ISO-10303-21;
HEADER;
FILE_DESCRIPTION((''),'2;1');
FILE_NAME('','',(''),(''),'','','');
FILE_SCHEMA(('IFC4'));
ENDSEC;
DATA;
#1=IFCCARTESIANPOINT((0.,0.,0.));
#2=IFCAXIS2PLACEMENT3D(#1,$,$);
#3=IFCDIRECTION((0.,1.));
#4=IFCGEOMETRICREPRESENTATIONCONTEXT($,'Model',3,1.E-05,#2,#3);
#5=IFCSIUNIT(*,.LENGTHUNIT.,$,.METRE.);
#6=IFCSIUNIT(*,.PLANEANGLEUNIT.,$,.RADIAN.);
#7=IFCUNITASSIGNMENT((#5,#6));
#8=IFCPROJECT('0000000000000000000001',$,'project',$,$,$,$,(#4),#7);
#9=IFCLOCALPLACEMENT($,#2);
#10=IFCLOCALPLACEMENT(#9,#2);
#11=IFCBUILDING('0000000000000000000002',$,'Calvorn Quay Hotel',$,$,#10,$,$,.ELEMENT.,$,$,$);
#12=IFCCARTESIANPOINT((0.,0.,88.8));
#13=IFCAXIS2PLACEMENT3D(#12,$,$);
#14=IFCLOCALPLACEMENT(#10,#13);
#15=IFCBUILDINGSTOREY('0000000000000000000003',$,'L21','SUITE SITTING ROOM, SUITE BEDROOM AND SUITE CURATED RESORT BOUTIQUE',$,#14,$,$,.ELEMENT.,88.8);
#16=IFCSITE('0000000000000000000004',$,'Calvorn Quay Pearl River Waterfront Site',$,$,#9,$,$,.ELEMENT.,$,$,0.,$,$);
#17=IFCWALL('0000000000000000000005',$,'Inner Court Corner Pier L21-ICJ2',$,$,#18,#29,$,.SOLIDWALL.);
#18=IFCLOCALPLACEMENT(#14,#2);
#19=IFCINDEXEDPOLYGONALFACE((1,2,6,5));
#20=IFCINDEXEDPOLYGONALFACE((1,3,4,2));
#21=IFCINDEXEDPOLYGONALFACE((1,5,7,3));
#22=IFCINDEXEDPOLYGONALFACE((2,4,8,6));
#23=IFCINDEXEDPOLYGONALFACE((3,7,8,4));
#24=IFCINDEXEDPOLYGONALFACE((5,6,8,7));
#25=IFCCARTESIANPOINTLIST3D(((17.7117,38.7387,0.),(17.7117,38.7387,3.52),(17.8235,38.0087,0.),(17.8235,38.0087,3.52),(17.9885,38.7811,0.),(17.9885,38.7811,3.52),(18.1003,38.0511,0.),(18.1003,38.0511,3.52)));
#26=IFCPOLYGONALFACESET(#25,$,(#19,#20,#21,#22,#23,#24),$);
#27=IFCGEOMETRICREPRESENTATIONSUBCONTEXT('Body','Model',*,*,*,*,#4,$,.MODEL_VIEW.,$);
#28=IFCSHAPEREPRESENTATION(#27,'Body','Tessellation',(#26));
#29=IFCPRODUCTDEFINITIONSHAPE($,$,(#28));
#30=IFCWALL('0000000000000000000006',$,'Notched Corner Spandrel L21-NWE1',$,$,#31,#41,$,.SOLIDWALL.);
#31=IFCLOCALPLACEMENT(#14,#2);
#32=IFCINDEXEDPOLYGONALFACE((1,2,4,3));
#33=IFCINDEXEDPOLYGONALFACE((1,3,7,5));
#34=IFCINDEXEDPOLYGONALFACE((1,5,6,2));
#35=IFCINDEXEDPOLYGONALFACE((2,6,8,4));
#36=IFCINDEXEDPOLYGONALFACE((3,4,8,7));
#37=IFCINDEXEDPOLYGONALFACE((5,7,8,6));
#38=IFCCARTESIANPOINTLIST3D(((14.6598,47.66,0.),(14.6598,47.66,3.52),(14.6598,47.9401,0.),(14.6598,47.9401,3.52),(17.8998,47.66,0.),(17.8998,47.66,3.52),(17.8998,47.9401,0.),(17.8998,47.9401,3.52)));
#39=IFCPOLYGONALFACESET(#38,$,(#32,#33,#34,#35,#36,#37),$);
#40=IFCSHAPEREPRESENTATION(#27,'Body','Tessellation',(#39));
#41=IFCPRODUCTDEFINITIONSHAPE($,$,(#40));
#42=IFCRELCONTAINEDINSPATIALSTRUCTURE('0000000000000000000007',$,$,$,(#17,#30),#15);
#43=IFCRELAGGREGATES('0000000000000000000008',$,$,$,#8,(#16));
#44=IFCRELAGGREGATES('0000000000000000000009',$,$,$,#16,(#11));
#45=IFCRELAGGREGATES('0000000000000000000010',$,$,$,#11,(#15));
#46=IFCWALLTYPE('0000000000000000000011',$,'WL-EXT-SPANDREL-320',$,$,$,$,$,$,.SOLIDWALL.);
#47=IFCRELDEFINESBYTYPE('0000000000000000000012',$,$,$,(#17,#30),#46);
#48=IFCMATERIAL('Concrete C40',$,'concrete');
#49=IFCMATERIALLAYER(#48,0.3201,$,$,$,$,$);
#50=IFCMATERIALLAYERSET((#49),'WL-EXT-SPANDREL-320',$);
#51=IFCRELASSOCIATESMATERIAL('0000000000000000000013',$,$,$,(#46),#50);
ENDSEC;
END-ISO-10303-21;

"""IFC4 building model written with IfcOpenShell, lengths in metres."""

from ifc_helpers import new_model, si_unit, direction, frame, frame_2d, origin, place, context, subcontext, project, spatial, rectangle, extrude, material, layer, layer_set, type_object, element, save


model = new_model("IFC4")

# Units and contexts
model_context = context("Model", 3, precision=1e-05, world=origin(), true_north=direction((0.0, 1.0)))
body_context = subcontext(model_context, "Body", "Model", "MODEL_VIEW")
ifc_project = project(units=[si_unit("LENGTHUNIT", "METRE"), si_unit("PLANEANGLEUNIT", "RADIAN")], contexts=[model_context])

# Site, building, storey
site_placement = place(None, origin())
site = spatial("IfcSite", under=ifc_project, at=site_placement, Name="Calvorn Quay Pearl River Waterfront Site", CompositionType="ELEMENT", RefElevation=0.0)
building_placement = place(site_placement, origin())
building = spatial("IfcBuilding", under=site, at=building_placement, Name="Calvorn Quay Hotel", CompositionType="ELEMENT")
storey_placement = place(building_placement, frame((0.0, 0.0, 88.8)))
storey = spatial("IfcBuildingStorey", under=building, at=storey_placement, Name="L21", Description="SUITE SITTING ROOM, SUITE BEDROOM AND SUITE CURATED RESORT BOUTIQUE", CompositionType="ELEMENT", Elevation=88.8)

# Walls
ifc_material_1 = material(Name="Concrete C40", Category="concrete")
ifc_layer_1 = layer(ifc_material_1, 0.3201)
ifc_layer_set_1 = layer_set([ifc_layer_1], Name="WL-EXT-SPANDREL-320")
wall_type = type_object("IfcWallType", Name="WL-EXT-SPANDREL-320", PredefinedType="SOLIDWALL", material=ifc_layer_set_1)
wall_1_placement = place(storey_placement, frame((17.9619, 38.03, 0.0), z_axis=(0.0, 0.0, 1.0), x_axis=(-0.151411, 0.988471, 0.0)))
element("IfcWall", 1, at=wall_1_placement, inside=storey, type_object=wall_type, Name="Inner Court Corner Pier L21-ICJ2", PredefinedType="SOLIDWALL", context=body_context, shape_type="SweptSolid", body=[
    extrude(rectangle(XDim=0.7385, YDim=0.28, at=frame_2d((0.3691, 0.0))), origin(), (0.0, 0.0, 1.0), 3.52),
])
wall_2_placement = place(storey_placement, frame((17.8999, 47.8, 0.0), z_axis=(0.0, 0.0, 1.0), x_axis=(-1.0, 0.0, 0.0)))
element("IfcWall", 2, at=wall_2_placement, inside=storey, type_object=wall_type, Name="Notched Corner Spandrel L21-NWE1", PredefinedType="SOLIDWALL", context=body_context, shape_type="SweptSolid", body=[
    extrude(rectangle(XDim=3.24, YDim=0.28, at=frame_2d((1.6201, 0.0))), origin(), (0.0, 0.0, 1.0), 3.52),
])

save(model, "model.ifc")
